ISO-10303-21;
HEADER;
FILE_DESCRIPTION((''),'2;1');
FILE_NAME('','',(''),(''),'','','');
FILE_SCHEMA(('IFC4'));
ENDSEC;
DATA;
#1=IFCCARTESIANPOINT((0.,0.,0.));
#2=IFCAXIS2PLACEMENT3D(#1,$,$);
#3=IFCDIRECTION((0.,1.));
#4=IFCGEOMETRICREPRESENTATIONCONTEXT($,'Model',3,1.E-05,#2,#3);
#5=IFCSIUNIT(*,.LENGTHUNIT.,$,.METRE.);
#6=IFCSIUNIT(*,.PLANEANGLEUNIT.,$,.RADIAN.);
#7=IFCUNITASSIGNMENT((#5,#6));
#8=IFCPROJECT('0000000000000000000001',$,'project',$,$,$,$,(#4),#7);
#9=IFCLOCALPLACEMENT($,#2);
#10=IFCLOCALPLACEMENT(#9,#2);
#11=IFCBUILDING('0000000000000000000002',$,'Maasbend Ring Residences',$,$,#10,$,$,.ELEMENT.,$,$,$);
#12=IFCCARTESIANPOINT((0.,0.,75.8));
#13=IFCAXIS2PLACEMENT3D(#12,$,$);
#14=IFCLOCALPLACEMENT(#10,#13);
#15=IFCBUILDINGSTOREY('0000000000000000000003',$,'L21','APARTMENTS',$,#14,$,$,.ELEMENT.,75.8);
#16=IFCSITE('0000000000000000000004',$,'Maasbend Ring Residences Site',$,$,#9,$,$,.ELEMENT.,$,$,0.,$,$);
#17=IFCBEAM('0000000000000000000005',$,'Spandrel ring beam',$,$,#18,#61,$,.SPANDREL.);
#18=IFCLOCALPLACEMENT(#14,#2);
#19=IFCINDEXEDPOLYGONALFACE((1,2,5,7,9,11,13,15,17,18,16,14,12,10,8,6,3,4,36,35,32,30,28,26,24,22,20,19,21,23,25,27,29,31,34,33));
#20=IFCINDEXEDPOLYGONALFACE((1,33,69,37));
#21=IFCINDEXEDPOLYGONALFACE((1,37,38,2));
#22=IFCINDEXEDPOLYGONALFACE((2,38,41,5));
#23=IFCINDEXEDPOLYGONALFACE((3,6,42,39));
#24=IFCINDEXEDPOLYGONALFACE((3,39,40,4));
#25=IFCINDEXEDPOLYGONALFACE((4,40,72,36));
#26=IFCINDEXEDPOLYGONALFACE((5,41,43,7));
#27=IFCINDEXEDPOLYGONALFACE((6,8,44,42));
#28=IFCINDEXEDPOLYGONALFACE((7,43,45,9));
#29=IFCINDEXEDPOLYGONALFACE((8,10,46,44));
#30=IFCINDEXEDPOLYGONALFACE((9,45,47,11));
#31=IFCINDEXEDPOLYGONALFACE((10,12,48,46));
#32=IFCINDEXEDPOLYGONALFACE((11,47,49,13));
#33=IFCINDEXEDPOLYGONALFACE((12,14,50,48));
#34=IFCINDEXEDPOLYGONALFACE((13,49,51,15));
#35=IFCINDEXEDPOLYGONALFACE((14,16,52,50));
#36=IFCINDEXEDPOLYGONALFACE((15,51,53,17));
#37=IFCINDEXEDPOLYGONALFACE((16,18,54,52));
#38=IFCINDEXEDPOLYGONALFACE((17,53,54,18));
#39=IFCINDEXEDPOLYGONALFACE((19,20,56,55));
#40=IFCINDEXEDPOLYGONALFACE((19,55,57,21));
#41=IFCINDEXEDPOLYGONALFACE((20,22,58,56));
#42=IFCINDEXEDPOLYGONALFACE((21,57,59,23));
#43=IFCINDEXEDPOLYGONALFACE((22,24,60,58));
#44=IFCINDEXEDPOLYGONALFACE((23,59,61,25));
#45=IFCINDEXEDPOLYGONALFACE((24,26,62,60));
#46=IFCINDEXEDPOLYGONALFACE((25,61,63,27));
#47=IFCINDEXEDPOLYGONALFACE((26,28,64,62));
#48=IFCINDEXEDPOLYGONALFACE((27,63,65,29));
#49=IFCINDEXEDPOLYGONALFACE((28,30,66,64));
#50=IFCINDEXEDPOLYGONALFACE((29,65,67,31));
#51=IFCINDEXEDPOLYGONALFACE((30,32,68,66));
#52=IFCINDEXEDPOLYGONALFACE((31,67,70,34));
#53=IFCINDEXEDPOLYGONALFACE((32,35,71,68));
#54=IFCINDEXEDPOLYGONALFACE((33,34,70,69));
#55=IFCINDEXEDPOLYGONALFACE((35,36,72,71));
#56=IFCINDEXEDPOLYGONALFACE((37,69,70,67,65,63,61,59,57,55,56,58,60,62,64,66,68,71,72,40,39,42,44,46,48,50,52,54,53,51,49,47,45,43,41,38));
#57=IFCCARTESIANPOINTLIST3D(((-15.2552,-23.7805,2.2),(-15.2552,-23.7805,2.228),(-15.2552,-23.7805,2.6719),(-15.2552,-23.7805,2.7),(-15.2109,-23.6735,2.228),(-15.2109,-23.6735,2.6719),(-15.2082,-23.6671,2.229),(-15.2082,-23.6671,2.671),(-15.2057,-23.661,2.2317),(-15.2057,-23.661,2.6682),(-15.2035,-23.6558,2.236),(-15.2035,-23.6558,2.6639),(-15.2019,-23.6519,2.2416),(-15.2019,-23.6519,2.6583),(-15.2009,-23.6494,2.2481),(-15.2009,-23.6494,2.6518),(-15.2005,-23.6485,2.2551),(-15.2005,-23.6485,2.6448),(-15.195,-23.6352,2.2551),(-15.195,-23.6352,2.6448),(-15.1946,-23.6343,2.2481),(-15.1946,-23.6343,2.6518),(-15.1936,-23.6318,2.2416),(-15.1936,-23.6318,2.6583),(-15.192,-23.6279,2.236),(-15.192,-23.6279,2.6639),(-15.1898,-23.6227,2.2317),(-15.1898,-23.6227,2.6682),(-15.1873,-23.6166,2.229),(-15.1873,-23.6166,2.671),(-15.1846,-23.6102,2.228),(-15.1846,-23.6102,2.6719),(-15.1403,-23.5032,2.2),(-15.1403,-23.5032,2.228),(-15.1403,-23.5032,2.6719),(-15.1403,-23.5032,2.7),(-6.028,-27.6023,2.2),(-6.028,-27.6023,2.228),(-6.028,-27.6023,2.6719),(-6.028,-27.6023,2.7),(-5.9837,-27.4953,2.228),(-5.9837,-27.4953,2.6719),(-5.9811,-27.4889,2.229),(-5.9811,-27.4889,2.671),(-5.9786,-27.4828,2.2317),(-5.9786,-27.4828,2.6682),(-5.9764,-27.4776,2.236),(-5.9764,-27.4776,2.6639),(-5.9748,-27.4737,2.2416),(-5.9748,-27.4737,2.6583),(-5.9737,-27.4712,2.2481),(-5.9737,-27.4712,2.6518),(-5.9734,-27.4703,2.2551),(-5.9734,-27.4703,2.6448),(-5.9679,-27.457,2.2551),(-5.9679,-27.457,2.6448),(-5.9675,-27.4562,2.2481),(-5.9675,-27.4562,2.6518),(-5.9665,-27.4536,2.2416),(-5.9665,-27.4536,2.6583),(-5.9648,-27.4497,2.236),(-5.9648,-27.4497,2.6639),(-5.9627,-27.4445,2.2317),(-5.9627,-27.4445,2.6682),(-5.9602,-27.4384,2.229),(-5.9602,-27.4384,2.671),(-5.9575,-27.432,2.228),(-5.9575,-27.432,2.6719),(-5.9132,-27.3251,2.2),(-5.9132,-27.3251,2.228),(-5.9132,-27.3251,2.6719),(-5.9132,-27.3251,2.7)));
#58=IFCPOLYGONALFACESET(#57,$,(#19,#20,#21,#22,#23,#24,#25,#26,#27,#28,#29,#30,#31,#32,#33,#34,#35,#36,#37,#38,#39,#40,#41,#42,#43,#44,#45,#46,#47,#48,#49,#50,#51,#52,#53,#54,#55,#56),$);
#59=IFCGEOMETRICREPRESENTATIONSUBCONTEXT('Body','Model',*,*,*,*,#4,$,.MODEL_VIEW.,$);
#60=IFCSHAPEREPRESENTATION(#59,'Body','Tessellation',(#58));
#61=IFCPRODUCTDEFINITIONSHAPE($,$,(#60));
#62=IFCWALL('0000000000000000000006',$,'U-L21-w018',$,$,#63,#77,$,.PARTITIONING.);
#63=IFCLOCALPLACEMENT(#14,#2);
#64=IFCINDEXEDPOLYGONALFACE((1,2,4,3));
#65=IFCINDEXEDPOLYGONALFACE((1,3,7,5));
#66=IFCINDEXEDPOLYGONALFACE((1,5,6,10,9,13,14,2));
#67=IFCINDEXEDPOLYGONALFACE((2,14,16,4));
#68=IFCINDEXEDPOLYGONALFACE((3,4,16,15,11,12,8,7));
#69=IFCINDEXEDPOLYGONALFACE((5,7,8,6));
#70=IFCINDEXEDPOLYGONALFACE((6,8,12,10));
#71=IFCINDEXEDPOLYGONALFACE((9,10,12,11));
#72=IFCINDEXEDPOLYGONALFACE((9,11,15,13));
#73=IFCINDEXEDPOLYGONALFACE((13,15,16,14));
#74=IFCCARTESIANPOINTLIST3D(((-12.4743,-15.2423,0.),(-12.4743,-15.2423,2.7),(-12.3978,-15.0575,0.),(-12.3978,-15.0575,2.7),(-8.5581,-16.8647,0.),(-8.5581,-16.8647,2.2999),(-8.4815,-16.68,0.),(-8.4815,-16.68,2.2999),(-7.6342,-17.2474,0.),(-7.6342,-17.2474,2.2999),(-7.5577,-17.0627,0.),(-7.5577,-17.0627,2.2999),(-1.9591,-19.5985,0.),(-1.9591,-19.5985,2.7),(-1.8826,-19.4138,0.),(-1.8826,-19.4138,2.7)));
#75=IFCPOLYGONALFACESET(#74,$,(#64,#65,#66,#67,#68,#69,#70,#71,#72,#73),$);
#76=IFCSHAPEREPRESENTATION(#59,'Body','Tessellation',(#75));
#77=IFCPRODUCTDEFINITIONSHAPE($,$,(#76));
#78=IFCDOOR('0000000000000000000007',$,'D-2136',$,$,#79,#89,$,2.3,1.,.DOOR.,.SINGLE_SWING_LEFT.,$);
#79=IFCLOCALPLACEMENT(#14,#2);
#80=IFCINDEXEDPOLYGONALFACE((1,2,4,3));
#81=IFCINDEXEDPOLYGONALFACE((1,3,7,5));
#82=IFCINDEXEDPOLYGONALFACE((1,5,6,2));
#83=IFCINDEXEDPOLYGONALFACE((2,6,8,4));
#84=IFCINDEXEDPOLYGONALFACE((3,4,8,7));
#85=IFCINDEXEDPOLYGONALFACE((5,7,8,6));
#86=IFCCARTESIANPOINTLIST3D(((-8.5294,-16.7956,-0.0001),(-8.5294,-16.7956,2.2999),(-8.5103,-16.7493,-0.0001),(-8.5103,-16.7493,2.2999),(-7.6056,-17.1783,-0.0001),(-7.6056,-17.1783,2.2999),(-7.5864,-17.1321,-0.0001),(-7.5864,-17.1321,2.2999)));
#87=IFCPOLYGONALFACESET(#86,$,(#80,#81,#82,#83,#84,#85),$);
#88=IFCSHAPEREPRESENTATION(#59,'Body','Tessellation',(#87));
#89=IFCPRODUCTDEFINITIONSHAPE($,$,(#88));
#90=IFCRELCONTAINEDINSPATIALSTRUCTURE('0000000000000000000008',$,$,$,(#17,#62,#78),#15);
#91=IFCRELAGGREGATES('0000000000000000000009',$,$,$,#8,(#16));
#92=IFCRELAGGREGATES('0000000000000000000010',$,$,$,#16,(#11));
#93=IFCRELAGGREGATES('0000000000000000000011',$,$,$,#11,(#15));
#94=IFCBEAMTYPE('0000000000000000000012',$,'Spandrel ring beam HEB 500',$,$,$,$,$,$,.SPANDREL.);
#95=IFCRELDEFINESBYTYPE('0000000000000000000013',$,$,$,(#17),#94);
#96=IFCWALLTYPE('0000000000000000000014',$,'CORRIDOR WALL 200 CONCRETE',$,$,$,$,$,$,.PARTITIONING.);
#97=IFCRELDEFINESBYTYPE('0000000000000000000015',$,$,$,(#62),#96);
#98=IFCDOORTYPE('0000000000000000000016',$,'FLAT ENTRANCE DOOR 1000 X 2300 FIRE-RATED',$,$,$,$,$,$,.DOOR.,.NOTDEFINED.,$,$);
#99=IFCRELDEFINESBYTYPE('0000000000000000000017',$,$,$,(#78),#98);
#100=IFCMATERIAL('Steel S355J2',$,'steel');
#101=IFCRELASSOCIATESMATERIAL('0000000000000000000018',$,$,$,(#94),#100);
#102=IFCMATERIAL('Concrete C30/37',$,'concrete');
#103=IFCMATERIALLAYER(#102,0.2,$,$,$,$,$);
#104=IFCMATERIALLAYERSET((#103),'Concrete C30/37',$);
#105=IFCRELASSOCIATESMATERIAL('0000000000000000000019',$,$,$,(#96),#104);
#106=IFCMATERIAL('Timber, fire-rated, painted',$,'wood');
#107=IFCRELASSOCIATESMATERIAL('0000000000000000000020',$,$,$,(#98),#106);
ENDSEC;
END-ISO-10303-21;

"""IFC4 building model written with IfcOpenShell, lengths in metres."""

from ifc_helpers import new_model, si_unit, direction, frame, frame_2d, origin, origin_2d, place, context, subcontext, project, spatial, rectangle, i_section, extrude, material, layer, layer_set, material_profile, profile_set, type_object, element, fill, save


model = new_model("IFC4")

# Units and contexts
model_context = context("Model", 3, precision=1e-05, world=origin(), true_north=direction((0.0, 1.0)))
body_context = subcontext(model_context, "Body", "Model", "MODEL_VIEW")
ifc_project = project(units=[si_unit("LENGTHUNIT", "METRE"), si_unit("PLANEANGLEUNIT", "RADIAN")], contexts=[model_context])

# Site, building, storey
site_placement = place(None, origin())
site = spatial("IfcSite", under=ifc_project, at=site_placement, Name="Maasbend Ring Residences Site", CompositionType="ELEMENT", RefElevation=0.0)
building_placement = place(site_placement, origin())
building = spatial("IfcBuilding", under=site, at=building_placement, Name="Maasbend Ring Residences", CompositionType="ELEMENT")
storey_placement = place(building_placement, frame((0.0, 0.0, 75.8)))
storey = spatial("IfcBuildingStorey", under=building, at=storey_placement, Name="L21", Description="APARTMENTS", CompositionType="ELEMENT", Elevation=75.8)

# Beam
ifc_material_1 = material(Name="Steel S355J2", Category="steel")
ifc_material_profile_1 = material_profile(ifc_material_1, i_section(OverallWidth=0.3, OverallDepth=0.5, WebThickness=0.0144, FlangeThickness=0.0281, FilletRadius=0.0271, at=origin_2d()), Name="HEB 500")
ifc_profile_set_1 = profile_set([ifc_material_profile_1], Name="Steel S355J2")
beam_type_1 = type_object("IfcBeamType", Name="Spandrel ring beam HEB 500", PredefinedType="SPANDREL", material=ifc_profile_set_1)
beam_1_placement = place(storey_placement, frame((-15.1978, -23.6418, 2.45), z_axis=(0.923886, -0.382667, 0.0), x_axis=(0.382667, 0.923886, 0.0)))
element("IfcBeam", 1, at=beam_1_placement, inside=storey, type_object=beam_type_1, Name="Spandrel ring beam", PredefinedType="SPANDREL", context=body_context, shape_type="SweptSolid", body=[
    extrude(i_section(OverallWidth=0.3, OverallDepth=0.5, WebThickness=0.0144, FlangeThickness=0.0281, FilletRadius=0.0271, at=origin_2d()), origin(), (0.0, 0.0, 1.0), 9.9873),
])

# Wall, opening, door
ifc_material_2 = material(Name="Concrete C30/37", Category="concrete")
ifc_layer_1 = layer(ifc_material_2, 0.2)
ifc_layer_set_1 = layer_set([ifc_layer_1], Name="Concrete C30/37")
wall_type_1 = type_object("IfcWallType", Name="CORRIDOR WALL 200 CONCRETE", PredefinedType="PARTITIONING", material=ifc_layer_set_1)
wall_1_placement = place(storey_placement, frame((-12.436, -15.1499, 0.0), z_axis=(0.0, 0.0, 1.0), x_axis=(0.923858, -0.382735, 0.0)))
wall_1 = element("IfcWall", 2, at=wall_1_placement, inside=storey, type_object=wall_type_1, Name="U-L21-w018", PredefinedType="PARTITIONING", context=body_context, shape_type="SweptSolid", body=[
    extrude(rectangle(XDim=11.3818, YDim=0.2, at=frame_2d((5.6909, 0.0))), origin(), (0.0, 0.0, 1.0), 2.7),
])
opening_1_placement = place(wall_1_placement, frame((4.239, 0.0, 0.0)))
opening_1 = element("IfcOpeningElement", 3, at=opening_1_placement, cuts=wall_1, PredefinedType="OPENING", context=body_context, shape_type="SweptSolid", body=[
    extrude(rectangle(XDim=1.0, YDim=2.3, at=frame_2d((0.5, 1.1499))), frame((0.0, 0.1099, 0.0), z_axis=(0.0, -1.0, 0.0), x_axis=(1.0, 0.0, 0.0)), (0.0, 0.0, 1.0), 0.22),
])
ifc_material_3 = material(Name="Timber, fire-rated, painted", Category="wood")
door_type_1 = type_object("IfcDoorType", Name="FLAT ENTRANCE DOOR 1000 X 2300 FIRE-RATED", OperationType="NOTDEFINED", PredefinedType="DOOR", material=ifc_material_3)
door_1_placement = place(opening_1_placement, origin())
door_1 = element("IfcDoor", 4, at=door_1_placement, inside=storey, type_object=door_type_1, Name="D-2136", OperationType="SINGLE_SWING_LEFT", OverallHeight=2.3, OverallWidth=1.0, PredefinedType="DOOR", context=body_context, shape_type="SweptSolid", body=[
    extrude(rectangle(XDim=1.0, YDim=2.3, at=frame_2d((0.5, 1.1499))), frame((0.0, 0.0249, 0.0), z_axis=(0.0, -1.0, 0.0), x_axis=(1.0, 0.0, 0.0)), (0.0, 0.0, 1.0), 0.05),
])
fill(opening_1, door_1)

save(model, "model.ifc")
